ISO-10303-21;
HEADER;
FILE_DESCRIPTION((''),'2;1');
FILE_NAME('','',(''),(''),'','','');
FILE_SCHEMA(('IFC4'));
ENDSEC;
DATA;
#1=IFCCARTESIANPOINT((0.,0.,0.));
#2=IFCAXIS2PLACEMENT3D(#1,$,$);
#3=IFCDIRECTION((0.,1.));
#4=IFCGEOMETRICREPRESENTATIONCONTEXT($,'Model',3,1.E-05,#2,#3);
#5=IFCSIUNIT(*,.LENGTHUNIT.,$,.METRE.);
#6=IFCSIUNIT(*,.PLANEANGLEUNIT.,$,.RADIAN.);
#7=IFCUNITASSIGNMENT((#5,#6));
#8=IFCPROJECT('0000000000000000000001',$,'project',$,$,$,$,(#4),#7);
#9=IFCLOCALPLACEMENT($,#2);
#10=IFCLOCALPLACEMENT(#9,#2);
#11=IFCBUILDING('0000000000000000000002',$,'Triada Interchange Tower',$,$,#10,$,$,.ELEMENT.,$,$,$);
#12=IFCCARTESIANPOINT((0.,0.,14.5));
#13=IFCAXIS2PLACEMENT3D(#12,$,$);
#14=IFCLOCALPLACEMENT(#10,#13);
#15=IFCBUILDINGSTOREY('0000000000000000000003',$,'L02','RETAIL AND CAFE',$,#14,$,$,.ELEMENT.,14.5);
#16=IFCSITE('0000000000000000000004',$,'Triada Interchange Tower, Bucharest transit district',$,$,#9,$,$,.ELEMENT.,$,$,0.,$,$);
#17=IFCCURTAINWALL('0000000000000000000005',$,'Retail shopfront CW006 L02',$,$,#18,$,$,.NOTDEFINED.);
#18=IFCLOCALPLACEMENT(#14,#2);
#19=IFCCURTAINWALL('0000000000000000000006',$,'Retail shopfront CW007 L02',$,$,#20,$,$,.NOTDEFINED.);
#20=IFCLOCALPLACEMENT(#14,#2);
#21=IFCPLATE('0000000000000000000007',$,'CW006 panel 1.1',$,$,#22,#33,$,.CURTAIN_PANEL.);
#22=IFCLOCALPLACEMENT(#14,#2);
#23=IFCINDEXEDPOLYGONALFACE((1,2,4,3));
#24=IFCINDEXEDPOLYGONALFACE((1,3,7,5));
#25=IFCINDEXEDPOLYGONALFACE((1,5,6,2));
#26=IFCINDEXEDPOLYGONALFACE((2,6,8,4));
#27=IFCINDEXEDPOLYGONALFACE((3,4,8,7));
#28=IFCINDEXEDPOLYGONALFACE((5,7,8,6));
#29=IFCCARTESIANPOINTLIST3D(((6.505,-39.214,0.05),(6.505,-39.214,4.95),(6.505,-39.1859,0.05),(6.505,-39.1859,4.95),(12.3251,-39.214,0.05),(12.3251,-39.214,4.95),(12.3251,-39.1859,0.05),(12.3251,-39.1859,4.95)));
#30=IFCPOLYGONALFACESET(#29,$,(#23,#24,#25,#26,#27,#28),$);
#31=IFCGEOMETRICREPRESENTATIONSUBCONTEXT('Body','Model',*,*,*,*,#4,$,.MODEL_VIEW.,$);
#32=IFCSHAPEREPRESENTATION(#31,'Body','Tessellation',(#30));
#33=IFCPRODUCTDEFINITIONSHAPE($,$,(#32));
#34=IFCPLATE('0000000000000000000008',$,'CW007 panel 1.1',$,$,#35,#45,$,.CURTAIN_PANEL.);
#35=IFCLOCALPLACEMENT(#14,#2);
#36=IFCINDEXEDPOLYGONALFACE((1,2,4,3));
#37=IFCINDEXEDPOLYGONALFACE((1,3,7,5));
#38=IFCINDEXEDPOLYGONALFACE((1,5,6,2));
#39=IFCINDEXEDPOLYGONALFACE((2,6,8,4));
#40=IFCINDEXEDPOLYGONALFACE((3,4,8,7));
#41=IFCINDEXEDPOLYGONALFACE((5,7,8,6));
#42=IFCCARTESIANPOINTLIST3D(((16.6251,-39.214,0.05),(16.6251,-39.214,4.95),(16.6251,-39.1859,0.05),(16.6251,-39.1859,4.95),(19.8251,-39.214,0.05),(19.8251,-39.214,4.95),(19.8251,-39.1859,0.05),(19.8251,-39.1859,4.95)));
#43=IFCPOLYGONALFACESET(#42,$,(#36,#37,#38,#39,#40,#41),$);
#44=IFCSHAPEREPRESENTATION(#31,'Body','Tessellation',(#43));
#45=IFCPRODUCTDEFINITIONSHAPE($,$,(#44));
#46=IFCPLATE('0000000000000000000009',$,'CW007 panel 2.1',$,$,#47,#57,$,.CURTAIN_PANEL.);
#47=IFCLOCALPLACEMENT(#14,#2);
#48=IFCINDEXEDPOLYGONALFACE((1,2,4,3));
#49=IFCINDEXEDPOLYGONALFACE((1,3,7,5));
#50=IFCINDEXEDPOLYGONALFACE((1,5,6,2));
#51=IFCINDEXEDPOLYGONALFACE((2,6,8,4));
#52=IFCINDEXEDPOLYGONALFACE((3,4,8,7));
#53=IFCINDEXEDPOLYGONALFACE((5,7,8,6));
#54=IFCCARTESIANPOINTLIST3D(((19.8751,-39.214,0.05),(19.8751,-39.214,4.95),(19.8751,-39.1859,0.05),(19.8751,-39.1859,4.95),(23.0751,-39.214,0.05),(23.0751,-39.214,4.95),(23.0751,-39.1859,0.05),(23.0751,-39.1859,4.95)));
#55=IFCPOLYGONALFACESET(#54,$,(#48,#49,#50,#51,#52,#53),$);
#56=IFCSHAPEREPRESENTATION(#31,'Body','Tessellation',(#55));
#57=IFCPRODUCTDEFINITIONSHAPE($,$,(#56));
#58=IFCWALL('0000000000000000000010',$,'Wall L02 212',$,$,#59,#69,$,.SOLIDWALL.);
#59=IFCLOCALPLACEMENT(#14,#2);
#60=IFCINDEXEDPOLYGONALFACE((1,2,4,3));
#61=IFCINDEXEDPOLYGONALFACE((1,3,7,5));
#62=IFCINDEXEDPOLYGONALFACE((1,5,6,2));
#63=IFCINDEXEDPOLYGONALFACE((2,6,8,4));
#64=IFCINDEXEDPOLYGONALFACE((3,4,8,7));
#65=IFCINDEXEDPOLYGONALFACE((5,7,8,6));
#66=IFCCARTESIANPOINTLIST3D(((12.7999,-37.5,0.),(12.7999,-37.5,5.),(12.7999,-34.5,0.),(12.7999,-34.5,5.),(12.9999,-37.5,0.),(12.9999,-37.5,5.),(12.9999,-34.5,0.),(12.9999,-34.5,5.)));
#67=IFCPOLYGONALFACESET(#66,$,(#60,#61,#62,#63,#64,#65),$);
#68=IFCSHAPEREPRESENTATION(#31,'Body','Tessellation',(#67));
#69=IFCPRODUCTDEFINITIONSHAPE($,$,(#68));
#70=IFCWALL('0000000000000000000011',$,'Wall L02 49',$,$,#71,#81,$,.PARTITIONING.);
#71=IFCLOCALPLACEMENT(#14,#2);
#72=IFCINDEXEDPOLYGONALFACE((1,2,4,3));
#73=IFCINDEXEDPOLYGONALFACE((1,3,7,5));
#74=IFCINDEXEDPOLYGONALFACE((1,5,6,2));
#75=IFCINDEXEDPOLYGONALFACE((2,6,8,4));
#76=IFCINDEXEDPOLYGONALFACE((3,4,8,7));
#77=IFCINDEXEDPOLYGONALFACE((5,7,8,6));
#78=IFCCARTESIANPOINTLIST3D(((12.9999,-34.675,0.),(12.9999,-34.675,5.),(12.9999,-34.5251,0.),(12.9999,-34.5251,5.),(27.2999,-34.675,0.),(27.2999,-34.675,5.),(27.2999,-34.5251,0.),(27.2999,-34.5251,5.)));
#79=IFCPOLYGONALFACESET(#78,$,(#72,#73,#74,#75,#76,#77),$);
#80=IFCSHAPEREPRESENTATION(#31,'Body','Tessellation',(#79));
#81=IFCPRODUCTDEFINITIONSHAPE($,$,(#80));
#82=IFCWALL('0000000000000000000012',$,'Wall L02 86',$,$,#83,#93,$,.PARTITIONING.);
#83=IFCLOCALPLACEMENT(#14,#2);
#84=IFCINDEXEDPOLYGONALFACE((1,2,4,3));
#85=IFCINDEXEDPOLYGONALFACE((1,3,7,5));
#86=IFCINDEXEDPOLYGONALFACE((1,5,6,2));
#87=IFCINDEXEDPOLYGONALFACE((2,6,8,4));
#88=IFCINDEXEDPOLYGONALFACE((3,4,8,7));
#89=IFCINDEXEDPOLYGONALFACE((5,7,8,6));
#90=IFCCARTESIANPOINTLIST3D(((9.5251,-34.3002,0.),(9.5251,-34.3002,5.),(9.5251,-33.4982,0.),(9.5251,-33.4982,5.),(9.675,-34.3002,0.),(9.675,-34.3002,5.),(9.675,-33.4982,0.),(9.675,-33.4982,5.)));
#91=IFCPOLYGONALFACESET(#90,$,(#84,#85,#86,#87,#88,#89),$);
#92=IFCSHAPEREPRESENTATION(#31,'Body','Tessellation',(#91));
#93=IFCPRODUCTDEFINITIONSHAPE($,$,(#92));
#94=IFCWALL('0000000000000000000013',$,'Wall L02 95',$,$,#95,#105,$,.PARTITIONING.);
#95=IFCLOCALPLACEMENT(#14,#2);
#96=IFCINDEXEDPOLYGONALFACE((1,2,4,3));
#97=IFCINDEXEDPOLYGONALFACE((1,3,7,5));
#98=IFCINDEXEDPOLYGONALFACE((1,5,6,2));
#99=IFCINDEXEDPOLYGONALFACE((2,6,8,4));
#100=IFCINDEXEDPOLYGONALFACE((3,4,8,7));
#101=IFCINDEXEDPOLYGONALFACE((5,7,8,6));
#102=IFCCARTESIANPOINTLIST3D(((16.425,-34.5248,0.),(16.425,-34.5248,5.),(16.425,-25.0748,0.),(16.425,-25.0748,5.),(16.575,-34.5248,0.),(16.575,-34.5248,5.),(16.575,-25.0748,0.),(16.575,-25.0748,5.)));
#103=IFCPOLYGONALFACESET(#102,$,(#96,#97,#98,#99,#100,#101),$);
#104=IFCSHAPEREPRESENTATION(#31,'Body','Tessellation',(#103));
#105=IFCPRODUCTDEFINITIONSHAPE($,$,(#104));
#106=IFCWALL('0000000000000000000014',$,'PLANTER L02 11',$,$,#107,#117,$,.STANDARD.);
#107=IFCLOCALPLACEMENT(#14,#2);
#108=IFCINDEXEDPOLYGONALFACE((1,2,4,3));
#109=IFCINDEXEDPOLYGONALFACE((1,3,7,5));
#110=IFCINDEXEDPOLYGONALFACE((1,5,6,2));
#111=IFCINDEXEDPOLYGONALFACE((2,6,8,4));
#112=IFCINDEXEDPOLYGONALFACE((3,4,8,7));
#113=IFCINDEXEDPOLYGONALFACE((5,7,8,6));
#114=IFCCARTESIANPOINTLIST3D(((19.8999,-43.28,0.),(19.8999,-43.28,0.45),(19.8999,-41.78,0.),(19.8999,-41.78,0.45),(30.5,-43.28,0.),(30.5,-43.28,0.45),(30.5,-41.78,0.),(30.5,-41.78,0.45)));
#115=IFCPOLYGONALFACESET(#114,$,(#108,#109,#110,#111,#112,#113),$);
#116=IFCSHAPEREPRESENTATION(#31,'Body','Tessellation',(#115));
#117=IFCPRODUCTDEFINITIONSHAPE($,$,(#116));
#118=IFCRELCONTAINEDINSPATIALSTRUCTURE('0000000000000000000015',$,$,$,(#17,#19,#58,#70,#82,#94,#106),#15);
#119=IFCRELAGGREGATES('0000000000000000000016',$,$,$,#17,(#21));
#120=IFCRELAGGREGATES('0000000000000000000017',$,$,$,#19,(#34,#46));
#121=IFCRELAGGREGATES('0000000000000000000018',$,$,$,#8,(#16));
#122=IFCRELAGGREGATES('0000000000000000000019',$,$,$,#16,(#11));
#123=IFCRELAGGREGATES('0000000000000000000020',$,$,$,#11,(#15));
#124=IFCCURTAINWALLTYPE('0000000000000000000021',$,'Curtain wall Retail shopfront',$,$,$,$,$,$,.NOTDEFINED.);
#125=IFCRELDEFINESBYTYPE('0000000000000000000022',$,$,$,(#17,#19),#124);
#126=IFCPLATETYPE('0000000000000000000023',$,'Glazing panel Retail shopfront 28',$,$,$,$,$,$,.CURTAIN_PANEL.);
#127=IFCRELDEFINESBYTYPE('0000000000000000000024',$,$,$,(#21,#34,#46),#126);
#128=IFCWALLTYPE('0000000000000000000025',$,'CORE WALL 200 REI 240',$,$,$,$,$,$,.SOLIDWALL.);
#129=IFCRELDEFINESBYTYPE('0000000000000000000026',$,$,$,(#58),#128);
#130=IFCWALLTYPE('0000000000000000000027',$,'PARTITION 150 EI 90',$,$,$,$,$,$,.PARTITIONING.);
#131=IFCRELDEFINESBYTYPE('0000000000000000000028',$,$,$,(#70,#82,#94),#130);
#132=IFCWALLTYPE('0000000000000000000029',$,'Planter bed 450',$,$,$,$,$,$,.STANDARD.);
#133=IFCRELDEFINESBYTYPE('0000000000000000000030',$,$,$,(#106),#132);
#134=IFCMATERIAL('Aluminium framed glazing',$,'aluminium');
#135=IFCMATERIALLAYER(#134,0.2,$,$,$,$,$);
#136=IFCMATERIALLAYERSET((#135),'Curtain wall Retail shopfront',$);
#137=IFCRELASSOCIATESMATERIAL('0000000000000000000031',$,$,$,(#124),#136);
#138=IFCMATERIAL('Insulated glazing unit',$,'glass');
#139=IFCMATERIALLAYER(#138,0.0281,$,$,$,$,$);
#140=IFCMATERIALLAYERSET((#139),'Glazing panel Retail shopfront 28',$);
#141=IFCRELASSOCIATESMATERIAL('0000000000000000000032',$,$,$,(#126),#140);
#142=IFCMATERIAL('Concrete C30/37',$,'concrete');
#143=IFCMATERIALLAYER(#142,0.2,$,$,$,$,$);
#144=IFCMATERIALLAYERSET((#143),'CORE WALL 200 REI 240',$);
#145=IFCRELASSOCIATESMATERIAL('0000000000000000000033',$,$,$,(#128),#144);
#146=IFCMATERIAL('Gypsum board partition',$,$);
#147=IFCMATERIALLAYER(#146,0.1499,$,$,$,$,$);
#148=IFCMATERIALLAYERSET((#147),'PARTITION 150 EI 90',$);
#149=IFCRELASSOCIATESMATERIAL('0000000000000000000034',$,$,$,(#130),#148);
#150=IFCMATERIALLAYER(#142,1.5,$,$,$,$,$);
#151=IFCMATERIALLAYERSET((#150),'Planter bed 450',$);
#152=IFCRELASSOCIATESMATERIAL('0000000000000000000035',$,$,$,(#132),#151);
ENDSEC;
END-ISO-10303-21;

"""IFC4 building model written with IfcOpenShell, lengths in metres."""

from ifc_helpers import new_model, si_unit, direction, frame, frame_2d, origin, origin_2d, place, context, subcontext, project, spatial, rectangle, extrude, material, layer, layer_set, type_object, element, aggregate, save


model = new_model("IFC4")

# Units and contexts
model_context = context("Model", 3, precision=1e-05, world=origin(), true_north=direction((0.0, 1.0)))
body_context = subcontext(model_context, "Body", "Model", "MODEL_VIEW")
ifc_project = project(units=[si_unit("LENGTHUNIT", "METRE"), si_unit("PLANEANGLEUNIT", "RADIAN")], contexts=[model_context])

# Site, building, storey
site_placement = place(None, origin())
site = spatial("IfcSite", under=ifc_project, at=site_placement, Name="Triada Interchange Tower, Bucharest transit district", CompositionType="ELEMENT", RefElevation=0.0)
building_placement = place(site_placement, origin())
building = spatial("IfcBuilding", under=site, at=building_placement, Name="Triada Interchange Tower", CompositionType="ELEMENT")
storey_placement = place(building_placement, frame((0.0, 0.0, 14.5)))
storey = spatial("IfcBuildingStorey", under=building, at=storey_placement, Name="L02", Description="RETAIL AND CAFE", CompositionType="ELEMENT", Elevation=14.5)

# Curtain wall
ifc_material_1 = material(Name="Aluminium framed glazing", Category="aluminium")
ifc_layer_1 = layer(ifc_material_1, 0.2)
ifc_layer_set_1 = layer_set([ifc_layer_1], Name="Curtain wall Retail shopfront")
curtain_wall_type = type_object("IfcCurtainWallType", Name="Curtain wall Retail shopfront", PredefinedType="NOTDEFINED", material=ifc_layer_set_1)
curtain_wall_1_placement = place(storey_placement, origin())
curtain_wall_1 = element("IfcCurtainWall", 1, at=curtain_wall_1_placement, inside=storey, type_object=curtain_wall_type, Name="Retail shopfront CW006 L02", PredefinedType="NOTDEFINED")

# Curtain wall
curtain_wall_2_placement = place(storey_placement, origin())
curtain_wall_2 = element("IfcCurtainWall", 2, at=curtain_wall_2_placement, inside=storey, type_object=curtain_wall_type, Name="Retail shopfront CW007 L02", PredefinedType="NOTDEFINED")

# Plates
ifc_material_2 = material(Name="Insulated glazing unit", Category="glass")
ifc_layer_2 = layer(ifc_material_2, 0.0281)
ifc_layer_set_2 = layer_set([ifc_layer_2], Name="Glazing panel Retail shopfront 28")
plate_type = type_object("IfcPlateType", Name="Glazing panel Retail shopfront 28", PredefinedType="CURTAIN_PANEL", material=ifc_layer_set_2)
plate_1_placement = place(storey_placement, frame((9.415, -39.2, 0.05), z_axis=(0.0, 0.0, 1.0), x_axis=(1.0, 0.0, 0.0)))
plate_1 = element("IfcPlate", 3, at=plate_1_placement, type_object=plate_type, Name="CW006 panel 1.1", PredefinedType="CURTAIN_PANEL", context=body_context, shape_type="SweptSolid", body=[
    extrude(rectangle(XDim=5.8201, YDim=0.0281, at=origin_2d()), origin(), (0.0, 0.0, 1.0), 4.8999),
])
aggregate(curtain_wall_1, [plate_1])
plate_2_placement = place(storey_placement, frame((18.2251, -39.2, 0.05), z_axis=(0.0, 0.0, 1.0), x_axis=(1.0, 0.0, 0.0)))
plate_2 = element("IfcPlate", 4, at=plate_2_placement, type_object=plate_type, Name="CW007 panel 1.1", PredefinedType="CURTAIN_PANEL", context=body_context, shape_type="SweptSolid", body=[
    extrude(rectangle(XDim=3.2, YDim=0.0281, at=origin_2d()), origin(), (0.0, 0.0, 1.0), 4.8999),
])
plate_3_placement = place(storey_placement, frame((21.4751, -39.2, 0.05), z_axis=(0.0, 0.0, 1.0), x_axis=(1.0, 0.0, 0.0)))
plate_3 = element("IfcPlate", 5, at=plate_3_placement, type_object=plate_type, Name="CW007 panel 2.1", PredefinedType="CURTAIN_PANEL", context=body_context, shape_type="SweptSolid", body=[
    extrude(rectangle(XDim=3.2, YDim=0.0281, at=origin_2d()), origin(), (0.0, 0.0, 1.0), 4.8999),
])
aggregate(curtain_wall_2, [plate_2, plate_3])

# Wall
ifc_material_3 = material(Name="Concrete C30/37", Category="concrete")
ifc_layer_3 = layer(ifc_material_3, 0.2)
ifc_layer_set_3 = layer_set([ifc_layer_3], Name="CORE WALL 200 REI 240")
wall_type_1 = type_object("IfcWallType", Name="CORE WALL 200 REI 240", PredefinedType="SOLIDWALL", material=ifc_layer_set_3)
wall_1_placement = place(storey_placement, frame((12.8999, -37.5, 0.0), z_axis=(0.0, 0.0, 1.0), x_axis=(0.0, 1.0, 0.0)))
element("IfcWall", 6, at=wall_1_placement, inside=storey, type_object=wall_type_1, Name="Wall L02 212", PredefinedType="SOLIDWALL", context=body_context, shape_type="SweptSolid", body=[
    extrude(rectangle(XDim=3.0, YDim=0.2, at=frame_2d((1.5, 0.0))), origin(), (0.0, 0.0, 1.0), 5.0),
])

# Walls
ifc_material_4 = material(Name="Gypsum board partition")
ifc_layer_4 = layer(ifc_material_4, 0.1499)
ifc_layer_set_4 = layer_set([ifc_layer_4], Name="PARTITION 150 EI 90")
wall_type_2 = type_object("IfcWallType", Name="PARTITION 150 EI 90", PredefinedType="PARTITIONING", material=ifc_layer_set_4)
wall_2_placement = place(storey_placement, frame((13.0, -34.6001, 0.0), z_axis=(0.0, 0.0, 1.0), x_axis=(1.0, 0.0, 0.0)))
element("IfcWall", 7, at=wall_2_placement, inside=storey, type_object=wall_type_2, Name="Wall L02 49", PredefinedType="PARTITIONING", context=body_context, shape_type="SweptSolid", body=[
    extrude(rectangle(XDim=14.3, YDim=0.1499, at=frame_2d((7.1499, 0.0))), origin(), (0.0, 0.0, 1.0), 5.0),
])
wall_3_placement = place(storey_placement, frame((9.6001, -34.3, 0.0), z_axis=(0.0, 0.0, 1.0), x_axis=(0.0, 1.0, 0.0)))
element("IfcWall", 8, at=wall_3_placement, inside=storey, type_object=wall_type_2, Name="Wall L02 86", PredefinedType="PARTITIONING", context=body_context, shape_type="SweptSolid", body=[
    extrude(rectangle(XDim=0.802, YDim=0.1499, at=frame_2d((0.4009, 0.0))), origin(), (0.0, 0.0, 1.0), 5.0),
])
wall_4_placement = place(storey_placement, frame((16.5, -34.5249, 0.0), z_axis=(0.0, 0.0, 1.0), x_axis=(0.0, 1.0, 0.0)))
element("IfcWall", 9, at=wall_4_placement, inside=storey, type_object=wall_type_2, Name="Wall L02 95", PredefinedType="PARTITIONING", context=body_context, shape_type="SweptSolid", body=[
    extrude(rectangle(XDim=9.45, YDim=0.1499, at=frame_2d((4.7251, 0.0))), origin(), (0.0, 0.0, 1.0), 5.0),
])
ifc_layer_5 = layer(ifc_material_3, 1.5)
ifc_layer_set_5 = layer_set([ifc_layer_5], Name="Planter bed 450")
wall_type_3 = type_object("IfcWallType", Name="Planter bed 450", PredefinedType="STANDARD", material=ifc_layer_set_5)
wall_5_placement = place(storey_placement, frame((19.8999, -42.53, 0.0), z_axis=(0.0, 0.0, 1.0), x_axis=(1.0, 0.0, 0.0)))
element("IfcWall", 10, at=wall_5_placement, inside=storey, type_object=wall_type_3, Name="PLANTER L02 11", PredefinedType="STANDARD", context=body_context, shape_type="SweptSolid", body=[
    extrude(rectangle(XDim=10.6001, YDim=1.5, at=frame_2d((5.3, 0.0))), origin(), (0.0, 0.0, 1.0), 0.45),
])

save(model, "model.ifc")
